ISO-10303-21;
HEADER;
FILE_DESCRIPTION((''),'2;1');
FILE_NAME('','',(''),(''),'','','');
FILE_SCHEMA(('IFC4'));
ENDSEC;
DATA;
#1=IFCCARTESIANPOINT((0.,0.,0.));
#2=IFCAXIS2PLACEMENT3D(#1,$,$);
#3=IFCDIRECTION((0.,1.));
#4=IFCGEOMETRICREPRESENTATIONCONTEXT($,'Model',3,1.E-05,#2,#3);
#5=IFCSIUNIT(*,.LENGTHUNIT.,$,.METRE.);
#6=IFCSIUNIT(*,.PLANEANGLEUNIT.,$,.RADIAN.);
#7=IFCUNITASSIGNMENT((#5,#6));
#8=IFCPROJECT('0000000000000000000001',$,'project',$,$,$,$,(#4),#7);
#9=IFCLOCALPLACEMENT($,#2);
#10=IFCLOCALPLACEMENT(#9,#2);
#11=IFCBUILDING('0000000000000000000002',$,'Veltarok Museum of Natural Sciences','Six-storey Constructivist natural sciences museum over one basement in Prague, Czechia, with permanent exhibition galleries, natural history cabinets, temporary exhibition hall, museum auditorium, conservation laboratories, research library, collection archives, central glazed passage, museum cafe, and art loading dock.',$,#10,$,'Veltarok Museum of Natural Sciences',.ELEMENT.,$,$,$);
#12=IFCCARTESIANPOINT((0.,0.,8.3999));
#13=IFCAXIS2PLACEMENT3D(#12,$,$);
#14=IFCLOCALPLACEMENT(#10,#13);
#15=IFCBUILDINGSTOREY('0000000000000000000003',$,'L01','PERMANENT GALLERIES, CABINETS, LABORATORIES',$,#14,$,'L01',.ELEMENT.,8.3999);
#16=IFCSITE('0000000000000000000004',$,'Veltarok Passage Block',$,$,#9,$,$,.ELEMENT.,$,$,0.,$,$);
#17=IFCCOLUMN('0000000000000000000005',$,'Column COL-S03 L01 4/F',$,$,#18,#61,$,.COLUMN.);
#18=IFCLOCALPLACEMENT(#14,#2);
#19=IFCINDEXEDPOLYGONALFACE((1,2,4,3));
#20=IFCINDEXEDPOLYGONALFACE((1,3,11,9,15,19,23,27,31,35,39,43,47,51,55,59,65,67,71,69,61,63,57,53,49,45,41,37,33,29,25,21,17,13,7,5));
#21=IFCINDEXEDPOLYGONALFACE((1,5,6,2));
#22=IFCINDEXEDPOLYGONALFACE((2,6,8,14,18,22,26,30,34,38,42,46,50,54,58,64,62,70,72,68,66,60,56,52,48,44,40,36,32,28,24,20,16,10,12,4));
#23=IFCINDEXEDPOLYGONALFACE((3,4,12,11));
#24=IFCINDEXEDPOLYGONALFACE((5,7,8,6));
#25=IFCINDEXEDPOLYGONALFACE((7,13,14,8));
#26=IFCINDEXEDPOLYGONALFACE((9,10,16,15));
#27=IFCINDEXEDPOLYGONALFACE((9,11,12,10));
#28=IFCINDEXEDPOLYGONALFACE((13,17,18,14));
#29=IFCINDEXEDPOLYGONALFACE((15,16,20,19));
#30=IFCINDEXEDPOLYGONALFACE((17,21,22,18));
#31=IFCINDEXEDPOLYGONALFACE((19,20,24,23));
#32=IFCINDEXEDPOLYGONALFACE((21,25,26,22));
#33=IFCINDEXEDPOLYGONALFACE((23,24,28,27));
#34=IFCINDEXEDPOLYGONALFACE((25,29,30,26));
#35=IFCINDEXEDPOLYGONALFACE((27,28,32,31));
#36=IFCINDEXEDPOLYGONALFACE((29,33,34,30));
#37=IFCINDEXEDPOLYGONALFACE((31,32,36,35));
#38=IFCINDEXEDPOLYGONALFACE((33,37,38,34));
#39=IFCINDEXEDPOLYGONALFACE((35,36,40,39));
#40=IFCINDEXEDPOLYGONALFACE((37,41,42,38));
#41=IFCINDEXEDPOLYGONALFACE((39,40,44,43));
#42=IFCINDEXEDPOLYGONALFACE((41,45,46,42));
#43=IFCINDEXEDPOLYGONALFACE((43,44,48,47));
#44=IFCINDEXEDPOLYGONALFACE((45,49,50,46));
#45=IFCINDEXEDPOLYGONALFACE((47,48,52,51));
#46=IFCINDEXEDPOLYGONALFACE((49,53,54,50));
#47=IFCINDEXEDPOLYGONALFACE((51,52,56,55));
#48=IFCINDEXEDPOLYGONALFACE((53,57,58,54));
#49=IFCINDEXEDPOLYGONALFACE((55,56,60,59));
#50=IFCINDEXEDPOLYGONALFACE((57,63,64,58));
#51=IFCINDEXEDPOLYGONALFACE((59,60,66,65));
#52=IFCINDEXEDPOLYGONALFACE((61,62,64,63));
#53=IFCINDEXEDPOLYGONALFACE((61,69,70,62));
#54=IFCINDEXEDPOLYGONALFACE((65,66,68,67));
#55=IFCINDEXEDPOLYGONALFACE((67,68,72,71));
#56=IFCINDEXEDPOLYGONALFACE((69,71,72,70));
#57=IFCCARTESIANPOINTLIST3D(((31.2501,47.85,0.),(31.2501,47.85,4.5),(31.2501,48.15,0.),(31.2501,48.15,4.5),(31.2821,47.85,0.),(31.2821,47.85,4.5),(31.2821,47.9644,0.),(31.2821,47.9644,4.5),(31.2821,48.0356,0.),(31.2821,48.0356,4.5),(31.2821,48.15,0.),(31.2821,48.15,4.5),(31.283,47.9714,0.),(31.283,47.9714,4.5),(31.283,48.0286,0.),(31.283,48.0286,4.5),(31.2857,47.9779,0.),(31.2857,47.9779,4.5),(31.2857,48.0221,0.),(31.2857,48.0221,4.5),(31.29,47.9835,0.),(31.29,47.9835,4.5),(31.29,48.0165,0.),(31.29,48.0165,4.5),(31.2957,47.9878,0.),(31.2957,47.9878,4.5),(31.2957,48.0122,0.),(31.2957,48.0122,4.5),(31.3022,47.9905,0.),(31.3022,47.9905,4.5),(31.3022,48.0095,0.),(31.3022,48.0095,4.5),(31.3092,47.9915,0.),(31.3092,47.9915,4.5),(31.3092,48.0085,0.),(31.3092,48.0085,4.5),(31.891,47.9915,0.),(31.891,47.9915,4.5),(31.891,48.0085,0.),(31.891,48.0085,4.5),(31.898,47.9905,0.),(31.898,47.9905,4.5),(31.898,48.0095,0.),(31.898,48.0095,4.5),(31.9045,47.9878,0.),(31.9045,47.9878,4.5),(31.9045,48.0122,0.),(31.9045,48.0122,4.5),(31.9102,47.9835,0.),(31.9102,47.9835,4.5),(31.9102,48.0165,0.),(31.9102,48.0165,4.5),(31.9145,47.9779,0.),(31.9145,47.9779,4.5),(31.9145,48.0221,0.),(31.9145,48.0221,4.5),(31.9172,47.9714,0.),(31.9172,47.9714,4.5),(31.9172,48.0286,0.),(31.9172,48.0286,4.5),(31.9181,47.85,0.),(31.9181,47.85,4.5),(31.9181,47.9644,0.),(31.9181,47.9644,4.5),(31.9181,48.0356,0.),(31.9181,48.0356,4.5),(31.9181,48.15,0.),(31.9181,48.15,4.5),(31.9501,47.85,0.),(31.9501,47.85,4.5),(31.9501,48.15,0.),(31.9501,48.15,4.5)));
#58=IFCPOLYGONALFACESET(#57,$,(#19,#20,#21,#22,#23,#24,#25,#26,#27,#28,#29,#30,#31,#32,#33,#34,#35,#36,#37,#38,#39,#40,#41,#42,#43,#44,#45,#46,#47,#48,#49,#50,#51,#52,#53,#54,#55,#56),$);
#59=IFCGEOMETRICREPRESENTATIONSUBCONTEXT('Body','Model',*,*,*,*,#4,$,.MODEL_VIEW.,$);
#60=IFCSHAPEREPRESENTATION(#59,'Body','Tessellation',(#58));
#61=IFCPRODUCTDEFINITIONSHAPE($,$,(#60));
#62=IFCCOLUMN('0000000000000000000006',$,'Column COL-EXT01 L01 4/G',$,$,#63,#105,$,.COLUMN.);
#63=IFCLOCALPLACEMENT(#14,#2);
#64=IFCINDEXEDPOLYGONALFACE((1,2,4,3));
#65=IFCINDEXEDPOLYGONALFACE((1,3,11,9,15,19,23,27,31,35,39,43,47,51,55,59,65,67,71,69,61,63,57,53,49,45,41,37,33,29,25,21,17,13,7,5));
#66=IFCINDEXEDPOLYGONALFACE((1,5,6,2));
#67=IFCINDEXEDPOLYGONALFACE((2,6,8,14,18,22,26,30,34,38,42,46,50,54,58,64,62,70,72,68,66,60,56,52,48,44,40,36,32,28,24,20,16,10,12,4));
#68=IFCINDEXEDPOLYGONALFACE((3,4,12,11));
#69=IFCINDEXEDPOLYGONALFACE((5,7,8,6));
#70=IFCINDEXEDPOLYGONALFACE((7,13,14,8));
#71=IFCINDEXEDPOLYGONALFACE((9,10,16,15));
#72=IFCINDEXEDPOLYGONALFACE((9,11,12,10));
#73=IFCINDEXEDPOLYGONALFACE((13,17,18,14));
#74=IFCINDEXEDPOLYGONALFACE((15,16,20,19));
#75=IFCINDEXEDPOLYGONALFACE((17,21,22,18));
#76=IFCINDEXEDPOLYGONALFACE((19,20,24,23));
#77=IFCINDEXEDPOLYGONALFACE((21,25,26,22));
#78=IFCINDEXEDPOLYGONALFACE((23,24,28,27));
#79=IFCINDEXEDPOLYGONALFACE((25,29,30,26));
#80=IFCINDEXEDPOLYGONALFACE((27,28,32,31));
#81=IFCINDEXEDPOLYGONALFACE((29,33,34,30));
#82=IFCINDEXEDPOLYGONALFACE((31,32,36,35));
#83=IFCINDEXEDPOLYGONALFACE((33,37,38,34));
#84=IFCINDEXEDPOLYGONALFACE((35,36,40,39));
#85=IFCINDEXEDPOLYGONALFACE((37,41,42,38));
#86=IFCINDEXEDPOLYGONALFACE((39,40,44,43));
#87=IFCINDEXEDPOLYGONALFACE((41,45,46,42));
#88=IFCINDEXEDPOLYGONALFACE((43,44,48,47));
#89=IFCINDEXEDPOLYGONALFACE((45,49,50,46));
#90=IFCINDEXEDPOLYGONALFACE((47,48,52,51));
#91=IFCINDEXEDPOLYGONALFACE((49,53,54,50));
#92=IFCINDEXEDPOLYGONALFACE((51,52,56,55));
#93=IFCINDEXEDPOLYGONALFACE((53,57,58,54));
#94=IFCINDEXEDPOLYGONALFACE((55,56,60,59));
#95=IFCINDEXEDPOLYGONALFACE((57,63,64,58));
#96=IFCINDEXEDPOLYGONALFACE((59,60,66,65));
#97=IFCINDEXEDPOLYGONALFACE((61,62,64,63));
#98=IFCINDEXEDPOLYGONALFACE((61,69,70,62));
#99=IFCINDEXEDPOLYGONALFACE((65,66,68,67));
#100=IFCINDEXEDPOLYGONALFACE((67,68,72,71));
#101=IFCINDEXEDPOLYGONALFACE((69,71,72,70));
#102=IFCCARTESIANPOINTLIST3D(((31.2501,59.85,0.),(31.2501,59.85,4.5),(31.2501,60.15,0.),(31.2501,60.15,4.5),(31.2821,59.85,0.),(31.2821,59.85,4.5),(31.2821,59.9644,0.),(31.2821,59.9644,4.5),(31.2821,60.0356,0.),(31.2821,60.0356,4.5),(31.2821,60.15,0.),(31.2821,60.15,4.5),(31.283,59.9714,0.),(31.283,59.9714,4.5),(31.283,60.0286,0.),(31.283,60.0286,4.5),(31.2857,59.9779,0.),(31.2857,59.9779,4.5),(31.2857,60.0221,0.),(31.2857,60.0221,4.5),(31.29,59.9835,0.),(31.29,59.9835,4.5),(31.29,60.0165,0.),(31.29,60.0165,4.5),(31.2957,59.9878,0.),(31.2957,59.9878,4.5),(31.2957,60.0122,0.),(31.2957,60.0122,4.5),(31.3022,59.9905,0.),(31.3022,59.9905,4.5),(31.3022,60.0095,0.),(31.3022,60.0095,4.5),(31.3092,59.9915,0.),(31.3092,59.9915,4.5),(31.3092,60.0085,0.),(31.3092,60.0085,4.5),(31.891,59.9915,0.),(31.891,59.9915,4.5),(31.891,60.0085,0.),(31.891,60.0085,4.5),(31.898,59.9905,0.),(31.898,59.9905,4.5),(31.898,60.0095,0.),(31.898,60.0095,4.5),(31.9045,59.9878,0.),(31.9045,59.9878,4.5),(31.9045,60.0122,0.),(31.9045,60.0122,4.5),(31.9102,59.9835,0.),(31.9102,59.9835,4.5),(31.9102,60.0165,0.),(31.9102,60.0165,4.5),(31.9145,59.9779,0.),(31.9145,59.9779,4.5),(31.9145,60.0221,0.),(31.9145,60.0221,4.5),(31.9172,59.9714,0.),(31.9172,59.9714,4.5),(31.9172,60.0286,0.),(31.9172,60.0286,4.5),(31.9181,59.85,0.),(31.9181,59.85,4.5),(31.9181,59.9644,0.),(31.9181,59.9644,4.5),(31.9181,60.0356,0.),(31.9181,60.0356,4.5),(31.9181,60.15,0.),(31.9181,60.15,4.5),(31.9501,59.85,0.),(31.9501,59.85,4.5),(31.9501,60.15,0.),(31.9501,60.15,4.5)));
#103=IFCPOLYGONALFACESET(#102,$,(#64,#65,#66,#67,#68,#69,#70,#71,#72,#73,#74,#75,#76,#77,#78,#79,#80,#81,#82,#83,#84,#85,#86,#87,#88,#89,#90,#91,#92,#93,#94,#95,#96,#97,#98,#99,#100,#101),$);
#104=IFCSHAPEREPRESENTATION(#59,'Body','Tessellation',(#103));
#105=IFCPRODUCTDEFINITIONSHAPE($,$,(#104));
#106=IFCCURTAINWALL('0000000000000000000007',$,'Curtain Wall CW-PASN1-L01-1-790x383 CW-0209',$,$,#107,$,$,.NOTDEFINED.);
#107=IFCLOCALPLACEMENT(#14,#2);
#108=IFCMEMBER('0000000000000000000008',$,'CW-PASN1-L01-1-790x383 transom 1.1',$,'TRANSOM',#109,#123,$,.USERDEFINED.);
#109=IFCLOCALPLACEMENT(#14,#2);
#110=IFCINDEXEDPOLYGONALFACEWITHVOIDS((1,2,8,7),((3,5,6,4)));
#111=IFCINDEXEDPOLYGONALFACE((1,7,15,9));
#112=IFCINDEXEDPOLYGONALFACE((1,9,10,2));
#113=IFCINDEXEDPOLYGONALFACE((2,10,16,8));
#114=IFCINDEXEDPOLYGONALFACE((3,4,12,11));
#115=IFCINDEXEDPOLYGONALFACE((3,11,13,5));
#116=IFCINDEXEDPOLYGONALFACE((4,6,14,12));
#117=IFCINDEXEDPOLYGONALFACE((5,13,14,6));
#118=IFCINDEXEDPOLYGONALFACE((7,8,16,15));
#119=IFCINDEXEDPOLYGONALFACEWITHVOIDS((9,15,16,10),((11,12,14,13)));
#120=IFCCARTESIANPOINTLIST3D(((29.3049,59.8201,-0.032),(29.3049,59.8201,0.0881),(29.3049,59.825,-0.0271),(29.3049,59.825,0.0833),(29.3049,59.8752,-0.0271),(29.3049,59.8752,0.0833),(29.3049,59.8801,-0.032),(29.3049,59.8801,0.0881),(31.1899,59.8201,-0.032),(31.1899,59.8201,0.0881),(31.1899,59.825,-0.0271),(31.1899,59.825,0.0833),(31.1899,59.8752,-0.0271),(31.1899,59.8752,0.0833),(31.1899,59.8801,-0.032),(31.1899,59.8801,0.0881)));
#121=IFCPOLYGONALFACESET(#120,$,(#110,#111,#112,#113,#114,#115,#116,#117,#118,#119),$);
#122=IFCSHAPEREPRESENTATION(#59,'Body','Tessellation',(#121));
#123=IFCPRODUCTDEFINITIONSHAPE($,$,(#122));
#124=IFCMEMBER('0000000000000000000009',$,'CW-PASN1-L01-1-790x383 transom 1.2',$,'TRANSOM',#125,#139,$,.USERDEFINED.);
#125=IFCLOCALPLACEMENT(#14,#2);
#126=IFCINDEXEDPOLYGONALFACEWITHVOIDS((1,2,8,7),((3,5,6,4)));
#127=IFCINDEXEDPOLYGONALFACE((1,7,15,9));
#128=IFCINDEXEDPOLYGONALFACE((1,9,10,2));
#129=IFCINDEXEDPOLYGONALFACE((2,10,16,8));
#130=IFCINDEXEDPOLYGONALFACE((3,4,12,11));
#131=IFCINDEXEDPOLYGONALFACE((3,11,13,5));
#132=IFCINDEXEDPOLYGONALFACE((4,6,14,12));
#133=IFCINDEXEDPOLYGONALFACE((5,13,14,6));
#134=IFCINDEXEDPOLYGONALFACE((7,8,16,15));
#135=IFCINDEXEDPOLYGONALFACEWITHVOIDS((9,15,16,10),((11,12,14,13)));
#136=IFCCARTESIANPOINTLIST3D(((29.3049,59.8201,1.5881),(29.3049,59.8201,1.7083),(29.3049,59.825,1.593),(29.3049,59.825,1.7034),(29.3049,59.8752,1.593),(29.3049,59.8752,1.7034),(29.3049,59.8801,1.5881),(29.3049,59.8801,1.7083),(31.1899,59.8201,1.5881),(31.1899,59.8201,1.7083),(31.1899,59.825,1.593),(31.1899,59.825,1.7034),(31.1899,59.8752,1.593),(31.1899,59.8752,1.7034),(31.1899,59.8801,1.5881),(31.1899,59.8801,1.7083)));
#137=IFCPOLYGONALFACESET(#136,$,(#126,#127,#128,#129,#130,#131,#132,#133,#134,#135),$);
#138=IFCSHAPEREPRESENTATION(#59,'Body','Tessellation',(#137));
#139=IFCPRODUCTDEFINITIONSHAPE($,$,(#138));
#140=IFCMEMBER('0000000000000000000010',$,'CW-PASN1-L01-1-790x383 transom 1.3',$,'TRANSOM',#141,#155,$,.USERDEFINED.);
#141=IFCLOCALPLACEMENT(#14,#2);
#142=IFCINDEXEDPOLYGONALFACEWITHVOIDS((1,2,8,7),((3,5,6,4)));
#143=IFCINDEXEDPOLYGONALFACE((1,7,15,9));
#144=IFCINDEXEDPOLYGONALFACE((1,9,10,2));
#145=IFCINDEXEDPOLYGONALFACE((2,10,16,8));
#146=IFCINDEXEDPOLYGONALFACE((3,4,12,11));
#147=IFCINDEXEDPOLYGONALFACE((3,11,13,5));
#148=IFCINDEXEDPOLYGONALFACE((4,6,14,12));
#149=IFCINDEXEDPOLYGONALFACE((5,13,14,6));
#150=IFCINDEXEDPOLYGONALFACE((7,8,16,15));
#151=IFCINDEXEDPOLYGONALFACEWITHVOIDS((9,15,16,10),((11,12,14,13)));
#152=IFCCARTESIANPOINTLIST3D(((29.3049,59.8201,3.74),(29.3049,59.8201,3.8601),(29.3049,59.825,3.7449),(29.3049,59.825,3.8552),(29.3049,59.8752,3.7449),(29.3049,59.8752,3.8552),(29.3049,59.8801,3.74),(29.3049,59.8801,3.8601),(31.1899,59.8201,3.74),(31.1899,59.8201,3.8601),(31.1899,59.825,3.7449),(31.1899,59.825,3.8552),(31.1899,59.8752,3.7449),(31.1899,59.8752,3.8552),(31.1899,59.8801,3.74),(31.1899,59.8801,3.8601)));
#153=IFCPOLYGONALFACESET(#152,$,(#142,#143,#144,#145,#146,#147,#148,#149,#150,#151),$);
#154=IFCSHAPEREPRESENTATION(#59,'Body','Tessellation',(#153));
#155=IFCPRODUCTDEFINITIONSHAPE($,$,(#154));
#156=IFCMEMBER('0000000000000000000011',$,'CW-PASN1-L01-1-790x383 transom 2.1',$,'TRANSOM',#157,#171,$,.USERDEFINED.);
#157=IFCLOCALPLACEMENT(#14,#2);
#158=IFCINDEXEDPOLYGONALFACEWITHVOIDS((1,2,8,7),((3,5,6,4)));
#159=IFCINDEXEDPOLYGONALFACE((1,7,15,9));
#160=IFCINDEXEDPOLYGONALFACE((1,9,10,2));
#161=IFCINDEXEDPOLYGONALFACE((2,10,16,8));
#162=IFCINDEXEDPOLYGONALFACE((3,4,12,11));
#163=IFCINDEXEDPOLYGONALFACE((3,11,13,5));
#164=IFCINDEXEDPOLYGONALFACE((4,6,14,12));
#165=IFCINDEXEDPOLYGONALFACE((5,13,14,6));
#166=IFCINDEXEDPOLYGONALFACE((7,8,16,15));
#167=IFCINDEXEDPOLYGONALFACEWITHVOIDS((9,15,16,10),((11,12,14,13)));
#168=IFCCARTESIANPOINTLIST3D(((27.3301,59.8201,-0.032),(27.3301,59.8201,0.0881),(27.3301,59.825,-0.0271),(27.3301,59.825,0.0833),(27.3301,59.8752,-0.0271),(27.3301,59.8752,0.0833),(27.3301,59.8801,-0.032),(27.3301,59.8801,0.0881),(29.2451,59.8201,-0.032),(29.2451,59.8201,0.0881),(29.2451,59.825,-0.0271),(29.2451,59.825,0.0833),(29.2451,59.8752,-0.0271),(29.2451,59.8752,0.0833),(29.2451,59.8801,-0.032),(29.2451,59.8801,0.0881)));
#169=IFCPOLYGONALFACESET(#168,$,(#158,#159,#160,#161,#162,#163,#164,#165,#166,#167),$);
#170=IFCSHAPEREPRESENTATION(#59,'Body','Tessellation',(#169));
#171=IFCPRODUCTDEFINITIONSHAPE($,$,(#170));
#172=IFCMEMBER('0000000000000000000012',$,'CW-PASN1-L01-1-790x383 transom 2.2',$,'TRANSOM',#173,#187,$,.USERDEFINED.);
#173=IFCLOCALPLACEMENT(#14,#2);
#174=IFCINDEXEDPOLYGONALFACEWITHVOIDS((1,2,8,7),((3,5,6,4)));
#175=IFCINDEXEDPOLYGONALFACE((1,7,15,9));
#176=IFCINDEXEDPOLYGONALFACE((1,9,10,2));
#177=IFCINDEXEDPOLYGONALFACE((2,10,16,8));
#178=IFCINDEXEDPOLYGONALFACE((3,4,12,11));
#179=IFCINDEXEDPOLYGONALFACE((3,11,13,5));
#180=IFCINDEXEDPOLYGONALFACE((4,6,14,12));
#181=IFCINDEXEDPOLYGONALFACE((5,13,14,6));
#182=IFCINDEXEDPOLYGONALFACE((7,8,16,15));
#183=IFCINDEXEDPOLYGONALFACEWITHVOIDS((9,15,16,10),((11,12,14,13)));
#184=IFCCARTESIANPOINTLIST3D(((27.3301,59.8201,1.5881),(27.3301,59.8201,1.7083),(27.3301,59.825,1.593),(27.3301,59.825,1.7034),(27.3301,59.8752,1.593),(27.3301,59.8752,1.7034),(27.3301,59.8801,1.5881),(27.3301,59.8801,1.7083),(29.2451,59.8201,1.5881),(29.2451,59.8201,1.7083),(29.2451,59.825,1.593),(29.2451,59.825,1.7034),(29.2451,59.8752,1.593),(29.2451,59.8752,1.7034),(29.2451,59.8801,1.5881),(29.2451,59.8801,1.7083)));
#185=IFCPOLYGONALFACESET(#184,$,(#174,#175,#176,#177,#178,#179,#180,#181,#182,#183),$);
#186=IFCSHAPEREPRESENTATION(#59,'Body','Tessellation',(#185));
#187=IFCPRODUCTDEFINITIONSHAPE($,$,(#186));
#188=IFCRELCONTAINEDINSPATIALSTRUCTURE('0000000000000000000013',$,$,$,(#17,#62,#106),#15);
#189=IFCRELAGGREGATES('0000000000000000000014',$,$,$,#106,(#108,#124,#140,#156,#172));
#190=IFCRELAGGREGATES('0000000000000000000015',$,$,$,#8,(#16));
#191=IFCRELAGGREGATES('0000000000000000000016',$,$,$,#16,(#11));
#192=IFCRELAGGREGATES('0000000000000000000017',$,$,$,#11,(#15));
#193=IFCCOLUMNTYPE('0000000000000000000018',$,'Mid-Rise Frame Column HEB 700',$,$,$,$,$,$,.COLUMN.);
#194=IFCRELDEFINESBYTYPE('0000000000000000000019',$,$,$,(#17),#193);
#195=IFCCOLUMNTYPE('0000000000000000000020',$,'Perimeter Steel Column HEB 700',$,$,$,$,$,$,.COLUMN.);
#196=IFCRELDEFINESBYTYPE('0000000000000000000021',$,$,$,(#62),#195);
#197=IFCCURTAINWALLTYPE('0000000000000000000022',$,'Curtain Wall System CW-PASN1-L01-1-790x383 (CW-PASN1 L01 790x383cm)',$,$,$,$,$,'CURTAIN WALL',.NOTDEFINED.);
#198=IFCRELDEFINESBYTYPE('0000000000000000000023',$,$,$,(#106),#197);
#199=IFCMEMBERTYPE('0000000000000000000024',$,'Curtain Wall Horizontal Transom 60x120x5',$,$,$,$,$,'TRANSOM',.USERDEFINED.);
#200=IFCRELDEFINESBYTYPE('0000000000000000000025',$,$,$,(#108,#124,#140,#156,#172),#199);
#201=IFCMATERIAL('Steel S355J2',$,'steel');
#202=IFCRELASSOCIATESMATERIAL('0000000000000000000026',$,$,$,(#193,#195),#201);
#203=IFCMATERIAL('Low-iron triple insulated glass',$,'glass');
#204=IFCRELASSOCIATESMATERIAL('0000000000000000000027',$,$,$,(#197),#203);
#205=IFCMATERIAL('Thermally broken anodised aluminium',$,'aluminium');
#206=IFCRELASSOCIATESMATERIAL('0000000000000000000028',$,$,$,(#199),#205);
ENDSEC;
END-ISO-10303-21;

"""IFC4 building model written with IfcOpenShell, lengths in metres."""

from ifc_helpers import new_model, si_unit, direction, frame, origin, origin_2d, place, context, subcontext, project, spatial, hollow_rectangle, i_section, extrude, material, material_profile, profile_set, type_object, element, aggregate, save


model = new_model("IFC4")

# Units and contexts
model_context = context("Model", 3, precision=1e-05, world=origin(), true_north=direction((0.0, 1.0)))
body_context = subcontext(model_context, "Body", "Model", "MODEL_VIEW")
ifc_project = project(units=[si_unit("LENGTHUNIT", "METRE"), si_unit("PLANEANGLEUNIT", "RADIAN")], contexts=[model_context])

# Site, building, storey
site_placement = place(None, origin())
site = spatial("IfcSite", under=ifc_project, at=site_placement, Name="Veltarok Passage Block", CompositionType="ELEMENT", RefElevation=0.0)
building_placement = place(site_placement, origin())
building = spatial("IfcBuilding", under=site, at=building_placement, Name="Veltarok Museum of Natural Sciences", Description="Six-storey Constructivist natural sciences museum over one basement in Prague, Czechia, with permanent exhibition galleries, natural history cabinets, temporary exhibition hall, museum auditorium, conservation laboratories, research library, collection archives, central glazed passage, museum cafe, and art loading dock.", LongName="Veltarok Museum of Natural Sciences", CompositionType="ELEMENT")
storey_placement = place(building_placement, frame((0.0, 0.0, 8.3999)))
storey = spatial("IfcBuildingStorey", under=building, at=storey_placement, Name="L01", Description="PERMANENT GALLERIES, CABINETS, LABORATORIES", LongName="L01", CompositionType="ELEMENT", Elevation=8.3999)

# Columns
ifc_material_1 = material(Name="Steel S355J2", Category="steel")
ifc_material_profile_1 = material_profile(ifc_material_1, i_section(OverallWidth=0.3, OverallDepth=0.7, WebThickness=0.0171, FlangeThickness=0.032, FilletRadius=0.0271, at=origin_2d()), Name="HEB 700")
ifc_profile_set_1 = profile_set([ifc_material_profile_1], Name="Steel S355J2")
column_type_1 = type_object("IfcColumnType", Name="Mid-Rise Frame Column HEB 700", PredefinedType="COLUMN", material=ifc_profile_set_1)
column_1_placement = place(storey_placement, frame((31.6001, 48.0, 0.0), z_axis=(0.0, 0.0, 1.0), x_axis=(0.0, 1.0, 0.0)))
element("IfcColumn", 1, at=column_1_placement, inside=storey, type_object=column_type_1, Name="Column COL-S03 L01 4/F", PredefinedType="COLUMN", context=body_context, shape_type="SweptSolid", body=[
    extrude(i_section(OverallWidth=0.3, OverallDepth=0.7, WebThickness=0.0171, FlangeThickness=0.032, FilletRadius=0.0271, at=origin_2d()), origin(), (0.0, 0.0, 1.0), 4.5),
])
ifc_material_profile_2 = material_profile(ifc_material_1, i_section(OverallWidth=0.3, OverallDepth=0.7, WebThickness=0.0171, FlangeThickness=0.032, FilletRadius=0.0271, at=origin_2d()), Name="HEB 700")
ifc_profile_set_2 = profile_set([ifc_material_profile_2], Name="Steel S355J2")
column_type_2 = type_object("IfcColumnType", Name="Perimeter Steel Column HEB 700", PredefinedType="COLUMN", material=ifc_profile_set_2)
column_2_placement = place(storey_placement, frame((31.6001, 60.0, 0.0), z_axis=(0.0, 0.0, 1.0), x_axis=(0.0, 1.0, 0.0)))
element("IfcColumn", 2, at=column_2_placement, inside=storey, type_object=column_type_2, Name="Column COL-EXT01 L01 4/G", PredefinedType="COLUMN", context=body_context, shape_type="SweptSolid", body=[
    extrude(i_section(OverallWidth=0.3, OverallDepth=0.7, WebThickness=0.0171, FlangeThickness=0.032, FilletRadius=0.0271, at=origin_2d()), origin(), (0.0, 0.0, 1.0), 4.5),
])

# Curtain wall, members
ifc_material_2 = material(Name="Low-iron triple insulated glass", Category="glass")
curtain_wall_type = type_object("IfcCurtainWallType", Name="Curtain Wall System CW-PASN1-L01-1-790x383 (CW-PASN1 L01 790x383cm)", ElementType="CURTAIN WALL", PredefinedType="NOTDEFINED", material=ifc_material_2)
curtain_wall_placement = place(storey_placement, origin())
curtain_wall = element("IfcCurtainWall", 3, at=curtain_wall_placement, inside=storey, type_object=curtain_wall_type, Name="Curtain Wall CW-PASN1-L01-1-790x383 CW-0209", PredefinedType="NOTDEFINED")
ifc_material_3 = material(Name="Thermally broken anodised aluminium", Category="aluminium")
ifc_material_profile_3 = material_profile(ifc_material_3, hollow_rectangle(XDim=0.0601, YDim=0.1201, WallThickness=0.0049, at=origin_2d()), Name="CW TRANSOM 60x120x5")
ifc_profile_set_3 = profile_set([ifc_material_profile_3], Name="Thermally broken anodised aluminium")
member_type_1 = type_object("IfcMemberType", Name="Curtain Wall Horizontal Transom 60x120x5", ElementType="TRANSOM", PredefinedType="USERDEFINED", material=ifc_profile_set_3)
member_1_placement = place(storey_placement, frame((31.1899, 59.8501, 0.0281), z_axis=(-1.0, 0.0, 0.0), x_axis=(0.0, -1.0, 0.0)))
member_1 = element("IfcMember", 4, at=member_1_placement, type_object=member_type_1, Name="CW-PASN1-L01-1-790x383 transom 1.1", ObjectType="TRANSOM", PredefinedType="USERDEFINED", context=body_context, shape_type="SweptSolid", body=[
    extrude(hollow_rectangle(XDim=0.0601, YDim=0.1201, WallThickness=0.0049, at=origin_2d()), origin(), (0.0, 0.0, 1.0), 1.885),
])
member_2_placement = place(storey_placement, frame((31.1899, 59.8501, 1.6482), z_axis=(-1.0, 0.0, 0.0), x_axis=(0.0, -1.0, 0.0)))
member_2 = element("IfcMember", 5, at=member_2_placement, type_object=member_type_1, Name="CW-PASN1-L01-1-790x383 transom 1.2", ObjectType="TRANSOM", PredefinedType="USERDEFINED", context=body_context, shape_type="SweptSolid", body=[
    extrude(hollow_rectangle(XDim=0.0601, YDim=0.1201, WallThickness=0.0049, at=origin_2d()), origin(), (0.0, 0.0, 1.0), 1.885),
])
member_3_placement = place(storey_placement, frame((31.1899, 59.8501, 3.8), z_axis=(-1.0, 0.0, 0.0), x_axis=(0.0, -1.0, 0.0)))
member_3 = element("IfcMember", 6, at=member_3_placement, type_object=member_type_1, Name="CW-PASN1-L01-1-790x383 transom 1.3", ObjectType="TRANSOM", PredefinedType="USERDEFINED", context=body_context, shape_type="SweptSolid", body=[
    extrude(hollow_rectangle(XDim=0.0601, YDim=0.1201, WallThickness=0.0049, at=origin_2d()), origin(), (0.0, 0.0, 1.0), 1.885),
])
member_4_placement = place(storey_placement, frame((29.2451, 59.8501, 0.0281), z_axis=(-1.0, 0.0, 0.0), x_axis=(0.0, -1.0, 0.0)))
member_4 = element("IfcMember", 7, at=member_4_placement, type_object=member_type_1, Name="CW-PASN1-L01-1-790x383 transom 2.1", ObjectType="TRANSOM", PredefinedType="USERDEFINED", context=body_context, shape_type="SweptSolid", body=[
    extrude(hollow_rectangle(XDim=0.0601, YDim=0.1201, WallThickness=0.0049, at=origin_2d()), origin(), (0.0, 0.0, 1.0), 1.915),
])
member_5_placement = place(storey_placement, frame((29.2451, 59.8501, 1.6482), z_axis=(-1.0, 0.0, 0.0), x_axis=(0.0, -1.0, 0.0)))
member_5 = element("IfcMember", 8, at=member_5_placement, type_object=member_type_1, Name="CW-PASN1-L01-1-790x383 transom 2.2", ObjectType="TRANSOM", PredefinedType="USERDEFINED", context=body_context, shape_type="SweptSolid", body=[
    extrude(hollow_rectangle(XDim=0.0601, YDim=0.1201, WallThickness=0.0049, at=origin_2d()), origin(), (0.0, 0.0, 1.0), 1.915),
])

aggregate(curtain_wall, [member_1, member_2, member_3, member_4, member_5])

save(model, "model.ifc")
